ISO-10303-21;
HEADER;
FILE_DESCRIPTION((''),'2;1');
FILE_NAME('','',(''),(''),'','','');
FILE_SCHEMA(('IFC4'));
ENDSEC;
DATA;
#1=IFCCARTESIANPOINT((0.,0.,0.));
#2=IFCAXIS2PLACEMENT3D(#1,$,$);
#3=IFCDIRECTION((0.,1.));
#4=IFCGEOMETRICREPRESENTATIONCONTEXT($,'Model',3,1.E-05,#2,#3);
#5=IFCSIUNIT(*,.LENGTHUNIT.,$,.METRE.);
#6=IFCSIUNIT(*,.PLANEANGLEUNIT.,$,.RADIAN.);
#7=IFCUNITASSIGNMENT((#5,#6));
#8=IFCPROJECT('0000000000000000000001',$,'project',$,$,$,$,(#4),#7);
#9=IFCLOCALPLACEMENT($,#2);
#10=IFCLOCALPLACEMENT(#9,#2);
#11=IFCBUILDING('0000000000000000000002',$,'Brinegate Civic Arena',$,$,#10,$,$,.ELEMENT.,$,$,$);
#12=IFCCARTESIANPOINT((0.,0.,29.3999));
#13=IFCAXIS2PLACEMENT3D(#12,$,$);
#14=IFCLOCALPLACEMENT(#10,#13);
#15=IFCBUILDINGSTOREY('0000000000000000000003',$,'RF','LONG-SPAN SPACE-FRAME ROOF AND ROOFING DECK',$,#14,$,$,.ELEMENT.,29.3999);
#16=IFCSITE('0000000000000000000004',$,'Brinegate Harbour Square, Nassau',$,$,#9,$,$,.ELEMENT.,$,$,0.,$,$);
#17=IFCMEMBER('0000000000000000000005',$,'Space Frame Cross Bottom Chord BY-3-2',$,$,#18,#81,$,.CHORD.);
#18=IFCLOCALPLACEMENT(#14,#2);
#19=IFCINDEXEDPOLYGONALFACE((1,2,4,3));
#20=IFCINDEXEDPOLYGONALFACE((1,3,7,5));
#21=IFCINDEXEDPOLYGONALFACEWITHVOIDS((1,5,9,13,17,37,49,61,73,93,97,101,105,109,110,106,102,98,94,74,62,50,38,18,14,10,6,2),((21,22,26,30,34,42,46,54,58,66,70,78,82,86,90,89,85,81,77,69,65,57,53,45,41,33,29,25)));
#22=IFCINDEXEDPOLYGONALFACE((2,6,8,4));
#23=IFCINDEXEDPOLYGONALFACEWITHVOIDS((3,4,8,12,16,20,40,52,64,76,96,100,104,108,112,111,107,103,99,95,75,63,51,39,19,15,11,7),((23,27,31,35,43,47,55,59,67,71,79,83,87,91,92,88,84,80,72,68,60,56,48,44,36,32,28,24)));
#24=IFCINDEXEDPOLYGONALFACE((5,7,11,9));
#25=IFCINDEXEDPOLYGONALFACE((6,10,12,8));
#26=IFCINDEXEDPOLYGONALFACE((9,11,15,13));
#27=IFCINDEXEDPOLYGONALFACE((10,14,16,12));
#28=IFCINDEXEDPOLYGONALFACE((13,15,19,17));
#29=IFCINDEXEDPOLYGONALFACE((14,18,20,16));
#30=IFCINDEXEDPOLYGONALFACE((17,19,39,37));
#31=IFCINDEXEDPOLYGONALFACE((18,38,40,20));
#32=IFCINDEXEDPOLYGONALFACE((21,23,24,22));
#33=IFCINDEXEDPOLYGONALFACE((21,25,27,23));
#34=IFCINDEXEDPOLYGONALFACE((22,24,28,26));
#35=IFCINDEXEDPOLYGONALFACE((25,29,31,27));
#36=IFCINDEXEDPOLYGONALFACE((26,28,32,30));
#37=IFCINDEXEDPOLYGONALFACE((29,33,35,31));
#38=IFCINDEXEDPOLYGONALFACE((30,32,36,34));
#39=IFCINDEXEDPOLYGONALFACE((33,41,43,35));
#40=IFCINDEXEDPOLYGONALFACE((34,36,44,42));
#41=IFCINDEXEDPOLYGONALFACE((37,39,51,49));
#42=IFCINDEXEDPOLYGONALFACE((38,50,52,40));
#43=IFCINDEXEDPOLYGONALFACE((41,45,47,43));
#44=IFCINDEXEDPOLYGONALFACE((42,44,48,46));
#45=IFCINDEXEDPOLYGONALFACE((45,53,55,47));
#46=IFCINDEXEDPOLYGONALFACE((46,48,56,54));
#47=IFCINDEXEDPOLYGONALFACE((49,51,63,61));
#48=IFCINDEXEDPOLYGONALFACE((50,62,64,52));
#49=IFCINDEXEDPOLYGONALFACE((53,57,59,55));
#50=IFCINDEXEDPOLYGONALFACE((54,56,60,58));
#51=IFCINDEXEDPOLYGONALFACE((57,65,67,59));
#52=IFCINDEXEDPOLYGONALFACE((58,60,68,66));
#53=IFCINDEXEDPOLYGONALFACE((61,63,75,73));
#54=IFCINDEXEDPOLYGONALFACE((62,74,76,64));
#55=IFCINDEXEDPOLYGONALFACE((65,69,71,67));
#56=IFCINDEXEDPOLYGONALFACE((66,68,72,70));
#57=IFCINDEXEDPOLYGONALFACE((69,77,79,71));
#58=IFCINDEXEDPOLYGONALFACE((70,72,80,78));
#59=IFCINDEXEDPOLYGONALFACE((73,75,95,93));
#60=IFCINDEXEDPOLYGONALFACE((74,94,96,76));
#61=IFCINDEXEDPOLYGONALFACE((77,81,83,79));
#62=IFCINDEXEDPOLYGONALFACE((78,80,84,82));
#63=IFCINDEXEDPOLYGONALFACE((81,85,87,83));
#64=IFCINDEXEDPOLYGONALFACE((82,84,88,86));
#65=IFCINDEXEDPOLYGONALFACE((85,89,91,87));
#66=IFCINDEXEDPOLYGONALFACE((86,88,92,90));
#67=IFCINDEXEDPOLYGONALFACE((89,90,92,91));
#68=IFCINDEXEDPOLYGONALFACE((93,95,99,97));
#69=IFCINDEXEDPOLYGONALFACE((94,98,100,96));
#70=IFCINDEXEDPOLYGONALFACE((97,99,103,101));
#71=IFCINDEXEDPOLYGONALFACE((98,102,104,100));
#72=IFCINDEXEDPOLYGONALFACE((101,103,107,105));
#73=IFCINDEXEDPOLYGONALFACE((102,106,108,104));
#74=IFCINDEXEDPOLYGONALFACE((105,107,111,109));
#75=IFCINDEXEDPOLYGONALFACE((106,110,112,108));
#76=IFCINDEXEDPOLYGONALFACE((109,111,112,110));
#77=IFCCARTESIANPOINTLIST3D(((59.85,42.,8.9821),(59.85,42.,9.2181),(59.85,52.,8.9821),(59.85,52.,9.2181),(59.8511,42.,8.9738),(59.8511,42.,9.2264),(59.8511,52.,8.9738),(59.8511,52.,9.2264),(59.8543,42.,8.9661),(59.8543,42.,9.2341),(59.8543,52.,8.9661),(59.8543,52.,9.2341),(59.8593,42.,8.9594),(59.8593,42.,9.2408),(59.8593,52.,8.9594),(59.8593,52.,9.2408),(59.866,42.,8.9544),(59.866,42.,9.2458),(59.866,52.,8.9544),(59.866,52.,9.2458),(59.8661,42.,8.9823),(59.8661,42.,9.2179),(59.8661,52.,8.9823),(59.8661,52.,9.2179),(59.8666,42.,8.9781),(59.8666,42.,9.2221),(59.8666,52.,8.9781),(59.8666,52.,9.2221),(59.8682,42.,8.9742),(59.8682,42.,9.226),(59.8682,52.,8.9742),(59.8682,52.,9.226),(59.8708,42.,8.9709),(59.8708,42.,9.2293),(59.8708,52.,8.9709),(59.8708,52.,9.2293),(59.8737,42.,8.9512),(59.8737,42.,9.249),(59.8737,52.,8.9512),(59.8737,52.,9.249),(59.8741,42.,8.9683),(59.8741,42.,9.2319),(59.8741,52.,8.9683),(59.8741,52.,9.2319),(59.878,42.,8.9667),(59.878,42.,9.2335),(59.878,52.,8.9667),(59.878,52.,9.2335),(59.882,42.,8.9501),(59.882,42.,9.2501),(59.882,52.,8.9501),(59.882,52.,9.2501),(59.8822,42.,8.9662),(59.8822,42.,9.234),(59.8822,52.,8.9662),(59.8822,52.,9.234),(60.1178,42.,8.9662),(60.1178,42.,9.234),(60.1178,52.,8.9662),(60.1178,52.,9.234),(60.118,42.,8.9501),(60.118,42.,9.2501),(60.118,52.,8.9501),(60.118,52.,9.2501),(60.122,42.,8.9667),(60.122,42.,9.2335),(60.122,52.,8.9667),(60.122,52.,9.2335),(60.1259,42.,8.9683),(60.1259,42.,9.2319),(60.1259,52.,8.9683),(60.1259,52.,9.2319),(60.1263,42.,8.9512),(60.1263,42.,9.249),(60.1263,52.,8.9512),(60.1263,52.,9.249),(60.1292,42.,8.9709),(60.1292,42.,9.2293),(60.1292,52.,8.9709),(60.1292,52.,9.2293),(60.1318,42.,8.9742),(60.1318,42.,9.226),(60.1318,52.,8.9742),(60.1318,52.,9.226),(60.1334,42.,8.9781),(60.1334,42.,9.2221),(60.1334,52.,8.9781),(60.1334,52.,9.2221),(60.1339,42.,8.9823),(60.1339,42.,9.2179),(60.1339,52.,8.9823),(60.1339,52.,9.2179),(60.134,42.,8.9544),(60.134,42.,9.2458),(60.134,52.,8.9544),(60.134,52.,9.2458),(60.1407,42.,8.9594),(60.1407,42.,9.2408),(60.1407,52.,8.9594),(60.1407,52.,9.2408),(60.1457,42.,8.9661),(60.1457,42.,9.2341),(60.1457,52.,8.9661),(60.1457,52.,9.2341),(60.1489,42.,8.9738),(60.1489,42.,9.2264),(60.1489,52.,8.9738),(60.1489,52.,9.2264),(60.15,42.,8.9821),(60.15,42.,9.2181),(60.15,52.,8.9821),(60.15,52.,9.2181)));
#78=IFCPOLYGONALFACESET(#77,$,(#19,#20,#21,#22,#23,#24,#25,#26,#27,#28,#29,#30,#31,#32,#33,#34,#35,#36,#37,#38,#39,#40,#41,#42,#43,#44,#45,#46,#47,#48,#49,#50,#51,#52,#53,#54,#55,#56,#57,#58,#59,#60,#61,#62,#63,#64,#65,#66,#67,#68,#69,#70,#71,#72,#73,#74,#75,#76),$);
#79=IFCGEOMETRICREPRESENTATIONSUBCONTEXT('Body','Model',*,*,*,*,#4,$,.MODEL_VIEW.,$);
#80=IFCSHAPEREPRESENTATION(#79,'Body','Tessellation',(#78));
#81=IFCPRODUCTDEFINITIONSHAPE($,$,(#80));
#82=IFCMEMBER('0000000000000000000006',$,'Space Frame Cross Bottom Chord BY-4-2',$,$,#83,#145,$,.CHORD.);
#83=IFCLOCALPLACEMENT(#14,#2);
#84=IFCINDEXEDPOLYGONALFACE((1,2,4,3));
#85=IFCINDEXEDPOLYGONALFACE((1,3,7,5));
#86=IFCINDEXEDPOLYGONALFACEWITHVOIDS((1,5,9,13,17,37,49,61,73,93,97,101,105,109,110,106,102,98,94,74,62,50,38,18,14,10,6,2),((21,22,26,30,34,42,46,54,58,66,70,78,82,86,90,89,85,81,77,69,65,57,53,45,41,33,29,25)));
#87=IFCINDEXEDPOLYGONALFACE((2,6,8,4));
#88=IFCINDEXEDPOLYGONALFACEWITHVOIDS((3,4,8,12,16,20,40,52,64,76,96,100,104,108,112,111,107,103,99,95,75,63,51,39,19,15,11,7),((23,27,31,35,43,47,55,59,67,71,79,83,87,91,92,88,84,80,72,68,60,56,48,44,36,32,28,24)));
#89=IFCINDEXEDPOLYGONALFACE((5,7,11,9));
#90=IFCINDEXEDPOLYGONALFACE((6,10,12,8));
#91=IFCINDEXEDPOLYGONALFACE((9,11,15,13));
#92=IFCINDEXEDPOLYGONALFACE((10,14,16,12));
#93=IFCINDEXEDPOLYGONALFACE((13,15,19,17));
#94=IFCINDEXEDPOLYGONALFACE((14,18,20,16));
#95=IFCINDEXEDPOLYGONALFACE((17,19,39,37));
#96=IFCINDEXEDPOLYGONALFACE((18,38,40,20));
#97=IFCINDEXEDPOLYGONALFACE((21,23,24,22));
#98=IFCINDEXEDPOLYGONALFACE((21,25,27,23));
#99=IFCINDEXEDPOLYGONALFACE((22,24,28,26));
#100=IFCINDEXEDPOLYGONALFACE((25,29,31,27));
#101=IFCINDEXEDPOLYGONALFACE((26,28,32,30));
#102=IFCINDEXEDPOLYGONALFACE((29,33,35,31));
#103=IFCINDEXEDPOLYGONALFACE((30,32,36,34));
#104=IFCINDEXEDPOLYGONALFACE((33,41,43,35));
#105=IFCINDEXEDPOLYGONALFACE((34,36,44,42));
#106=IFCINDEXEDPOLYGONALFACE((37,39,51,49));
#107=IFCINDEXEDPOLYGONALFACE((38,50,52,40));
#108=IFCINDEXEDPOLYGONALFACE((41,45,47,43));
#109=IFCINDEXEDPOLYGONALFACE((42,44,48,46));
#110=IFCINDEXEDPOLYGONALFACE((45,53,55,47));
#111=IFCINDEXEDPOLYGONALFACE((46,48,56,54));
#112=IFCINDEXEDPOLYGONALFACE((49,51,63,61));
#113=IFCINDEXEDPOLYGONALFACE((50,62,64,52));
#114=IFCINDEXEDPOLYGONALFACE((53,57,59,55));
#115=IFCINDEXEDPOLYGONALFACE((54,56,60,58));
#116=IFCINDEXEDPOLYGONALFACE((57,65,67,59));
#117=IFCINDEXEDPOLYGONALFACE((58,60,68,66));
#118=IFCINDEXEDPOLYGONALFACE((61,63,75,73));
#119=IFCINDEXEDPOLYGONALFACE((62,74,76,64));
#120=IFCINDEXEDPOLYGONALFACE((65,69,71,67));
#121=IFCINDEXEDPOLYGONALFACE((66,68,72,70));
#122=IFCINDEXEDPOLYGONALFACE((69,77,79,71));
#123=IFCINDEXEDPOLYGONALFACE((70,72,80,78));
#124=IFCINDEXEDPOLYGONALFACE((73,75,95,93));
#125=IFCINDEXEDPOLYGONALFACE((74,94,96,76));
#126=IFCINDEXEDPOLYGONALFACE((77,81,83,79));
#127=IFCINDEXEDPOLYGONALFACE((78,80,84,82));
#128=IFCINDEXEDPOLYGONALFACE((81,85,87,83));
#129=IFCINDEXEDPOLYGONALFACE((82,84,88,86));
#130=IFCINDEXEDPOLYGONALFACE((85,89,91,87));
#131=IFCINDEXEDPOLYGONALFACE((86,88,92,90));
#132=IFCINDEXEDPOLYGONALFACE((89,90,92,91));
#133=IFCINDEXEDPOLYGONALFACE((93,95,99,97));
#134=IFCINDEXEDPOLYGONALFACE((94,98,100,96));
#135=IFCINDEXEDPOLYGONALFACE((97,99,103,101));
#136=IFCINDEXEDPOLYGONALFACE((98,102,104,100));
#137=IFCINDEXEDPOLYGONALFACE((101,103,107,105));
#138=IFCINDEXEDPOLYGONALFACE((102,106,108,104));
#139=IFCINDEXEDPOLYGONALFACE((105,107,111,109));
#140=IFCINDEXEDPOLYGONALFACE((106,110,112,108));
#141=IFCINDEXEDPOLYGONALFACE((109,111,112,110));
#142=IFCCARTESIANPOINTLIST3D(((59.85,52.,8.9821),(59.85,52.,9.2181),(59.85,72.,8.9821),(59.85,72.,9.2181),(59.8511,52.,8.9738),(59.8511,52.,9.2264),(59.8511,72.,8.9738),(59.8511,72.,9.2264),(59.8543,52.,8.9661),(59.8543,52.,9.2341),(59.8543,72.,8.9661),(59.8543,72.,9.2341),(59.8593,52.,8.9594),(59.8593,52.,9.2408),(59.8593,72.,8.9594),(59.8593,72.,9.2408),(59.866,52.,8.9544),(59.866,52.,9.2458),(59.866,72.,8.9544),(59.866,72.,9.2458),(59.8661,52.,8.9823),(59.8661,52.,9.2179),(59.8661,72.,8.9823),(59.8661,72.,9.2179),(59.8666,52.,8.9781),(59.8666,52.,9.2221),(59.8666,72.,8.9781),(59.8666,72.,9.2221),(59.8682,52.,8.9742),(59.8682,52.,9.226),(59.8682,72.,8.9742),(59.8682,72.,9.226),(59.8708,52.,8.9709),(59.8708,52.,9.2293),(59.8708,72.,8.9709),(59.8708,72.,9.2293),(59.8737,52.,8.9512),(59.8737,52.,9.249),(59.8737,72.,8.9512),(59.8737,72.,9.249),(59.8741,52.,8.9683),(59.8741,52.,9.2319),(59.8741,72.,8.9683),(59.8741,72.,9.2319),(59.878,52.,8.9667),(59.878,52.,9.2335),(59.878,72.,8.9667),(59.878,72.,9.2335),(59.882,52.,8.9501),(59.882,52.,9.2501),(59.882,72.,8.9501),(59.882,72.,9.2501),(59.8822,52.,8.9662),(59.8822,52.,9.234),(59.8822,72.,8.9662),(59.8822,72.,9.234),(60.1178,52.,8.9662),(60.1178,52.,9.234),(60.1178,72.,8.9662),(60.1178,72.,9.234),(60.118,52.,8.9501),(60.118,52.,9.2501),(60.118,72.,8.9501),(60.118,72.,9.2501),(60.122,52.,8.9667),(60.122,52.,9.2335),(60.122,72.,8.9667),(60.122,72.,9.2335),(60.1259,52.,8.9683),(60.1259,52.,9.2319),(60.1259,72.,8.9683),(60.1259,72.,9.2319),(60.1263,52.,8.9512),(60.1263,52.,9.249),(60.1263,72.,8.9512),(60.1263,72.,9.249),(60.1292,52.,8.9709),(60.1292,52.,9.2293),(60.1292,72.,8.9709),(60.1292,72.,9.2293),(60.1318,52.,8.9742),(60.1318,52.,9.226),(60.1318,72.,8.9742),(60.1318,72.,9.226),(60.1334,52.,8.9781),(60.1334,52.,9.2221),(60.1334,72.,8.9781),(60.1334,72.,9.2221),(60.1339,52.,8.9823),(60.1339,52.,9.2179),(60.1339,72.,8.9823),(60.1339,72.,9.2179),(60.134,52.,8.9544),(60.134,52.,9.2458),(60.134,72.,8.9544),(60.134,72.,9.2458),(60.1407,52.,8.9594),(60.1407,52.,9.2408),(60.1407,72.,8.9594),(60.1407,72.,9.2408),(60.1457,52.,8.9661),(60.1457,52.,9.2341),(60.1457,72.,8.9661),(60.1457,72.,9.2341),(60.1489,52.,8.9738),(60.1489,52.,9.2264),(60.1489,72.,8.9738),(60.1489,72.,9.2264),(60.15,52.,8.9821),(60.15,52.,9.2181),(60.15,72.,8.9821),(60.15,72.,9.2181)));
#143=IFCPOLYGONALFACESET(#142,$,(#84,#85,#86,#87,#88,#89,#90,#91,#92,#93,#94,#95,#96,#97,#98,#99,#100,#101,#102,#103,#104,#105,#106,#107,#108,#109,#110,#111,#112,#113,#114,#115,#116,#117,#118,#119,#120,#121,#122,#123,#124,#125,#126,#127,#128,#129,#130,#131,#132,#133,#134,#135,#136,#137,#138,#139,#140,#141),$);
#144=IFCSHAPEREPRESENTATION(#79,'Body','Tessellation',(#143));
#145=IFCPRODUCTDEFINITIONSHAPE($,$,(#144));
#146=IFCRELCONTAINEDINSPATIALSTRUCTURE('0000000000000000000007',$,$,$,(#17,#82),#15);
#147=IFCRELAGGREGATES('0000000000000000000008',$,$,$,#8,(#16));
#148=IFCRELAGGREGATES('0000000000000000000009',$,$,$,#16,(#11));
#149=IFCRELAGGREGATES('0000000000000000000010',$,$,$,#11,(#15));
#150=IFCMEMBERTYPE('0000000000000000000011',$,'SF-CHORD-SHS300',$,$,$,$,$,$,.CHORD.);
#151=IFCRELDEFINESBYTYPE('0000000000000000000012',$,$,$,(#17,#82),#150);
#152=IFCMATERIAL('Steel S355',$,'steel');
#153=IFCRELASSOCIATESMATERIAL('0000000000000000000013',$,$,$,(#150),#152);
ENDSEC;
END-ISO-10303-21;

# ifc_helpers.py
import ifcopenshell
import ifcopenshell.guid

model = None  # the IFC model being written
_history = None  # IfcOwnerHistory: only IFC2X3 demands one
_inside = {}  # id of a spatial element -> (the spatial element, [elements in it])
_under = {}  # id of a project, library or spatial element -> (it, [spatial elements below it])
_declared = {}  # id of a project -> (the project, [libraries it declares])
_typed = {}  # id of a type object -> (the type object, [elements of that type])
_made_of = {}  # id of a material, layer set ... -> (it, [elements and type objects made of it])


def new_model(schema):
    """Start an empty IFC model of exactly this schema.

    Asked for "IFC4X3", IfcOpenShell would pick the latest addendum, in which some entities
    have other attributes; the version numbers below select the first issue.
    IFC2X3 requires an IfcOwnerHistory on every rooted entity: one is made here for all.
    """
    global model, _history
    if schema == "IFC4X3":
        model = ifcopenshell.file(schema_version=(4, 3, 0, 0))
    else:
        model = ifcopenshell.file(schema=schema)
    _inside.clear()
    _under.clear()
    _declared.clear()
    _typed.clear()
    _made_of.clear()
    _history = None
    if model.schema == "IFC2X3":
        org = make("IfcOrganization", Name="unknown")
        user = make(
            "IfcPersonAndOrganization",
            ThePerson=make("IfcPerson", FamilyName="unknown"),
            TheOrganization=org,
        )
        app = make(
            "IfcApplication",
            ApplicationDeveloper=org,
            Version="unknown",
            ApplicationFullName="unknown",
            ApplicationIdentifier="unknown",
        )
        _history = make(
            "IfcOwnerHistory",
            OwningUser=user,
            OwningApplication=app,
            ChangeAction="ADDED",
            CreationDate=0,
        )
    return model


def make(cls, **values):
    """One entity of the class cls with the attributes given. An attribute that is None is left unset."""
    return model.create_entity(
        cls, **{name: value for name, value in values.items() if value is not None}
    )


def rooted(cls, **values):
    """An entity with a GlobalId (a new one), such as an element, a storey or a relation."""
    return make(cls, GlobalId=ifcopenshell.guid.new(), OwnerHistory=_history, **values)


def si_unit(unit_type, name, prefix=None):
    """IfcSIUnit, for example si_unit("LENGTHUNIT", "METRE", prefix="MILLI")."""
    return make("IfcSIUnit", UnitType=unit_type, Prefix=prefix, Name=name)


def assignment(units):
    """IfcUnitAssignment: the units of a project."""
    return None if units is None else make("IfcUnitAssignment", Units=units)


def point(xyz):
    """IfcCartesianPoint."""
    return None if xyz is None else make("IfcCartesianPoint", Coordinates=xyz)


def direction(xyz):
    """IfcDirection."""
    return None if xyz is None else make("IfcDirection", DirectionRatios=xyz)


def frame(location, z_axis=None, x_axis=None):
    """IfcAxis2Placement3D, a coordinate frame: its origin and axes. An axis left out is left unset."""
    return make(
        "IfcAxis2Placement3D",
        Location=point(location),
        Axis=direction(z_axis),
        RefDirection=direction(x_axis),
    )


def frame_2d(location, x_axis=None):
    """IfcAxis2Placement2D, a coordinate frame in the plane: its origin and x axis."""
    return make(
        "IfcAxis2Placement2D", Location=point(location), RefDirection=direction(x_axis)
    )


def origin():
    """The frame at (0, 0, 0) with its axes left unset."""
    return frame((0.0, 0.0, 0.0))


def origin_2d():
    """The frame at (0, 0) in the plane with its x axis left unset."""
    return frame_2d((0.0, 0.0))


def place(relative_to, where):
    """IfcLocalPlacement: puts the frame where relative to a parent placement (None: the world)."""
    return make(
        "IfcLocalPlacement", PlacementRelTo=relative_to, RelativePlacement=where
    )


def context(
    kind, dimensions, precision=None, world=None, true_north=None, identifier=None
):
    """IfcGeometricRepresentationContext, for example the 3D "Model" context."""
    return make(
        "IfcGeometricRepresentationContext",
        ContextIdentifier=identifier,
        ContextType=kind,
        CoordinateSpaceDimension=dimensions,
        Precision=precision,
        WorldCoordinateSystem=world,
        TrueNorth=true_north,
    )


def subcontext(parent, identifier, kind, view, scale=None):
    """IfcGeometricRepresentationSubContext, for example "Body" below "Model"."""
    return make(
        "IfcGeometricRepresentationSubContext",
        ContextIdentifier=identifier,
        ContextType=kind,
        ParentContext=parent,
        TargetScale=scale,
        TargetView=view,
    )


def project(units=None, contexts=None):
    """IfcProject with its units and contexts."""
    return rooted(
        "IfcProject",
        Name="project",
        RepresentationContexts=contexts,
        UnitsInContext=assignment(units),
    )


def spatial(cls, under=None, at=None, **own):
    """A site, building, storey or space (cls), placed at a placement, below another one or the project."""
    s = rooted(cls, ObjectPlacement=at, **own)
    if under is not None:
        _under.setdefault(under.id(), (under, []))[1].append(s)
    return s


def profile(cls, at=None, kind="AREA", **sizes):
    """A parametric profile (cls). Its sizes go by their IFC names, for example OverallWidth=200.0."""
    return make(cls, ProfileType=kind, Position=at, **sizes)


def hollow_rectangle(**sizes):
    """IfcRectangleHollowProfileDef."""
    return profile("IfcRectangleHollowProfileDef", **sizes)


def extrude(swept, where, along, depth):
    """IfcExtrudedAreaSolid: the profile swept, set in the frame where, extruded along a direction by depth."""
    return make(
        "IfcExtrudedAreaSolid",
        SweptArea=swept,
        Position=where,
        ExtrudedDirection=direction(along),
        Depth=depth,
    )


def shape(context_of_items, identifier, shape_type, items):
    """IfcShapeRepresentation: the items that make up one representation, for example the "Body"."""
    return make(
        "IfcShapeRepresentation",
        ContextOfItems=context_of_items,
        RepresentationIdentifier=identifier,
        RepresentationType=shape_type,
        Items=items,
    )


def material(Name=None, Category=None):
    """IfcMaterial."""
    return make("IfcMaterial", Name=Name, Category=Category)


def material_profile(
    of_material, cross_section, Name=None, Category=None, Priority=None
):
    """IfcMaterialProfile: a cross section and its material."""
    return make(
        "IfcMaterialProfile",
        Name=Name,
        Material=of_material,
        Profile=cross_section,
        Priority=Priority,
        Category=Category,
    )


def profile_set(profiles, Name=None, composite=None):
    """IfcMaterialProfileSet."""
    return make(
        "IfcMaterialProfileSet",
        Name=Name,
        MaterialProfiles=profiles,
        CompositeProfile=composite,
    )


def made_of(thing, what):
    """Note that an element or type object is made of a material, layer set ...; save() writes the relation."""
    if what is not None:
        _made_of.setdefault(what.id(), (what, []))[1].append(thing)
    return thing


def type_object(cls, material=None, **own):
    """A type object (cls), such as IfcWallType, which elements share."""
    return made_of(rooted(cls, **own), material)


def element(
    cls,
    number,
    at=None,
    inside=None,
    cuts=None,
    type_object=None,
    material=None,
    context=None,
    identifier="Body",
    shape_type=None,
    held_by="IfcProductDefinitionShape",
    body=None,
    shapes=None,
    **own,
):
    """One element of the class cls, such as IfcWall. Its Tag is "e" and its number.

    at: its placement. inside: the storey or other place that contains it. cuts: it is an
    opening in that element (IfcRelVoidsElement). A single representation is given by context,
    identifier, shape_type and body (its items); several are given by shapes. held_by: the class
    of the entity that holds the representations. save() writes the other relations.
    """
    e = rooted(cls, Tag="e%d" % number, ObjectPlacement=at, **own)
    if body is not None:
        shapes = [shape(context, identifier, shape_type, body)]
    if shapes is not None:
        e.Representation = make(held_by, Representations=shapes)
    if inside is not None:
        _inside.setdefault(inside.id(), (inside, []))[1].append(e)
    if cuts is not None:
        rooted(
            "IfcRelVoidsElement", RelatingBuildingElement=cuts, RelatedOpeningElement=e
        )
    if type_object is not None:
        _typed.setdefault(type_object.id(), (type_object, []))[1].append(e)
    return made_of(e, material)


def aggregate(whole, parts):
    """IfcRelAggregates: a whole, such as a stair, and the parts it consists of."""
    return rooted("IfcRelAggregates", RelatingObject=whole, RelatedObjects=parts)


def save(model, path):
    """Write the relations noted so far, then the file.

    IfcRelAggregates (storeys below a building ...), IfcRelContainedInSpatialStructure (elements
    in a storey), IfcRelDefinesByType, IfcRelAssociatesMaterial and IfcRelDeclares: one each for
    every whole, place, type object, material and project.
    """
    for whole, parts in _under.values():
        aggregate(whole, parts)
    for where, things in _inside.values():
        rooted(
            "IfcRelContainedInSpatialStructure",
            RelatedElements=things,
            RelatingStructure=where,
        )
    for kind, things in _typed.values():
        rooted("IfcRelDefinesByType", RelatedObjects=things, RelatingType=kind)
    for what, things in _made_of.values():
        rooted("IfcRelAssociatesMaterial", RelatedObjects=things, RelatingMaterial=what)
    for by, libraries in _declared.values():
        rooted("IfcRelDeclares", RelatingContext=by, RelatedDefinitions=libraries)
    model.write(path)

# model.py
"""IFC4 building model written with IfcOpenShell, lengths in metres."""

from ifc_helpers import new_model, si_unit, direction, frame, origin, origin_2d, place, context, subcontext, project, spatial, hollow_rectangle, extrude, material, material_profile, profile_set, type_object, element, save


model = new_model("IFC4")

# Units and contexts
model_context = context("Model", 3, precision=1e-05, world=origin(), true_north=direction((0.0, 1.0)))
body_context = subcontext(model_context, "Body", "Model", "MODEL_VIEW")
ifc_project = project(units=[si_unit("LENGTHUNIT", "METRE"), si_unit("PLANEANGLEUNIT", "RADIAN")], contexts=[model_context])

# Site, building, storey
site_placement = place(None, origin())
site = spatial("IfcSite", under=ifc_project, at=site_placement, Name="Brinegate Harbour Square, Nassau", CompositionType="ELEMENT", RefElevation=0.0)
building_placement = place(site_placement, origin())
building = spatial("IfcBuilding", under=site, at=building_placement, Name="Brinegate Civic Arena", CompositionType="ELEMENT")
storey_placement = place(building_placement, frame((0.0, 0.0, 29.3999)))
storey = spatial("IfcBuildingStorey", under=building, at=storey_placement, Name="RF", Description="LONG-SPAN SPACE-FRAME ROOF AND ROOFING DECK", CompositionType="ELEMENT", Elevation=29.3999)

# Shared definitions
ifc_material_1 = material(Name="Steel S355", Category="steel")

# Members
ifc_material_profile_1 = material_profile(ifc_material_1, hollow_rectangle(XDim=0.3, YDim=0.3, WallThickness=0.0161, InnerFilletRadius=0.0161, OuterFilletRadius=0.032, at=origin_2d()), Name="SHS300X16")
ifc_profile_set_1 = profile_set([ifc_material_profile_1], Name="Steel S355")
member_type_1 = type_object("IfcMemberType", Name="SF-CHORD-SHS300", PredefinedType="CHORD", material=ifc_profile_set_1)
member_1_placement = place(storey_placement, frame((60.0, 42.0, 9.1001), z_axis=(0.0, 1.0, 0.0), x_axis=(-1.0, 0.0, 0.0)))
element("IfcMember", 1, at=member_1_placement, inside=storey, type_object=member_type_1, Name="Space Frame Cross Bottom Chord BY-3-2", PredefinedType="CHORD", context=body_context, shape_type="SweptSolid", body=[
    extrude(hollow_rectangle(XDim=0.3, YDim=0.3, WallThickness=0.0161, InnerFilletRadius=0.0161, OuterFilletRadius=0.032, at=origin_2d()), origin(), (0.0, 0.0, 1.0), 10.0),
])
member_2_placement = place(storey_placement, frame((60.0, 52.0, 9.1001), z_axis=(0.0, 1.0, 0.0), x_axis=(-1.0, 0.0, 0.0)))
element("IfcMember", 2, at=member_2_placement, inside=storey, type_object=member_type_1, Name="Space Frame Cross Bottom Chord BY-4-2", PredefinedType="CHORD", context=body_context, shape_type="SweptSolid", body=[
    extrude(hollow_rectangle(XDim=0.3, YDim=0.3, WallThickness=0.0161, InnerFilletRadius=0.0161, OuterFilletRadius=0.032, at=origin_2d()), origin(), (0.0, 0.0, 1.0), 20.0),
])

save(model, "model.ifc")
